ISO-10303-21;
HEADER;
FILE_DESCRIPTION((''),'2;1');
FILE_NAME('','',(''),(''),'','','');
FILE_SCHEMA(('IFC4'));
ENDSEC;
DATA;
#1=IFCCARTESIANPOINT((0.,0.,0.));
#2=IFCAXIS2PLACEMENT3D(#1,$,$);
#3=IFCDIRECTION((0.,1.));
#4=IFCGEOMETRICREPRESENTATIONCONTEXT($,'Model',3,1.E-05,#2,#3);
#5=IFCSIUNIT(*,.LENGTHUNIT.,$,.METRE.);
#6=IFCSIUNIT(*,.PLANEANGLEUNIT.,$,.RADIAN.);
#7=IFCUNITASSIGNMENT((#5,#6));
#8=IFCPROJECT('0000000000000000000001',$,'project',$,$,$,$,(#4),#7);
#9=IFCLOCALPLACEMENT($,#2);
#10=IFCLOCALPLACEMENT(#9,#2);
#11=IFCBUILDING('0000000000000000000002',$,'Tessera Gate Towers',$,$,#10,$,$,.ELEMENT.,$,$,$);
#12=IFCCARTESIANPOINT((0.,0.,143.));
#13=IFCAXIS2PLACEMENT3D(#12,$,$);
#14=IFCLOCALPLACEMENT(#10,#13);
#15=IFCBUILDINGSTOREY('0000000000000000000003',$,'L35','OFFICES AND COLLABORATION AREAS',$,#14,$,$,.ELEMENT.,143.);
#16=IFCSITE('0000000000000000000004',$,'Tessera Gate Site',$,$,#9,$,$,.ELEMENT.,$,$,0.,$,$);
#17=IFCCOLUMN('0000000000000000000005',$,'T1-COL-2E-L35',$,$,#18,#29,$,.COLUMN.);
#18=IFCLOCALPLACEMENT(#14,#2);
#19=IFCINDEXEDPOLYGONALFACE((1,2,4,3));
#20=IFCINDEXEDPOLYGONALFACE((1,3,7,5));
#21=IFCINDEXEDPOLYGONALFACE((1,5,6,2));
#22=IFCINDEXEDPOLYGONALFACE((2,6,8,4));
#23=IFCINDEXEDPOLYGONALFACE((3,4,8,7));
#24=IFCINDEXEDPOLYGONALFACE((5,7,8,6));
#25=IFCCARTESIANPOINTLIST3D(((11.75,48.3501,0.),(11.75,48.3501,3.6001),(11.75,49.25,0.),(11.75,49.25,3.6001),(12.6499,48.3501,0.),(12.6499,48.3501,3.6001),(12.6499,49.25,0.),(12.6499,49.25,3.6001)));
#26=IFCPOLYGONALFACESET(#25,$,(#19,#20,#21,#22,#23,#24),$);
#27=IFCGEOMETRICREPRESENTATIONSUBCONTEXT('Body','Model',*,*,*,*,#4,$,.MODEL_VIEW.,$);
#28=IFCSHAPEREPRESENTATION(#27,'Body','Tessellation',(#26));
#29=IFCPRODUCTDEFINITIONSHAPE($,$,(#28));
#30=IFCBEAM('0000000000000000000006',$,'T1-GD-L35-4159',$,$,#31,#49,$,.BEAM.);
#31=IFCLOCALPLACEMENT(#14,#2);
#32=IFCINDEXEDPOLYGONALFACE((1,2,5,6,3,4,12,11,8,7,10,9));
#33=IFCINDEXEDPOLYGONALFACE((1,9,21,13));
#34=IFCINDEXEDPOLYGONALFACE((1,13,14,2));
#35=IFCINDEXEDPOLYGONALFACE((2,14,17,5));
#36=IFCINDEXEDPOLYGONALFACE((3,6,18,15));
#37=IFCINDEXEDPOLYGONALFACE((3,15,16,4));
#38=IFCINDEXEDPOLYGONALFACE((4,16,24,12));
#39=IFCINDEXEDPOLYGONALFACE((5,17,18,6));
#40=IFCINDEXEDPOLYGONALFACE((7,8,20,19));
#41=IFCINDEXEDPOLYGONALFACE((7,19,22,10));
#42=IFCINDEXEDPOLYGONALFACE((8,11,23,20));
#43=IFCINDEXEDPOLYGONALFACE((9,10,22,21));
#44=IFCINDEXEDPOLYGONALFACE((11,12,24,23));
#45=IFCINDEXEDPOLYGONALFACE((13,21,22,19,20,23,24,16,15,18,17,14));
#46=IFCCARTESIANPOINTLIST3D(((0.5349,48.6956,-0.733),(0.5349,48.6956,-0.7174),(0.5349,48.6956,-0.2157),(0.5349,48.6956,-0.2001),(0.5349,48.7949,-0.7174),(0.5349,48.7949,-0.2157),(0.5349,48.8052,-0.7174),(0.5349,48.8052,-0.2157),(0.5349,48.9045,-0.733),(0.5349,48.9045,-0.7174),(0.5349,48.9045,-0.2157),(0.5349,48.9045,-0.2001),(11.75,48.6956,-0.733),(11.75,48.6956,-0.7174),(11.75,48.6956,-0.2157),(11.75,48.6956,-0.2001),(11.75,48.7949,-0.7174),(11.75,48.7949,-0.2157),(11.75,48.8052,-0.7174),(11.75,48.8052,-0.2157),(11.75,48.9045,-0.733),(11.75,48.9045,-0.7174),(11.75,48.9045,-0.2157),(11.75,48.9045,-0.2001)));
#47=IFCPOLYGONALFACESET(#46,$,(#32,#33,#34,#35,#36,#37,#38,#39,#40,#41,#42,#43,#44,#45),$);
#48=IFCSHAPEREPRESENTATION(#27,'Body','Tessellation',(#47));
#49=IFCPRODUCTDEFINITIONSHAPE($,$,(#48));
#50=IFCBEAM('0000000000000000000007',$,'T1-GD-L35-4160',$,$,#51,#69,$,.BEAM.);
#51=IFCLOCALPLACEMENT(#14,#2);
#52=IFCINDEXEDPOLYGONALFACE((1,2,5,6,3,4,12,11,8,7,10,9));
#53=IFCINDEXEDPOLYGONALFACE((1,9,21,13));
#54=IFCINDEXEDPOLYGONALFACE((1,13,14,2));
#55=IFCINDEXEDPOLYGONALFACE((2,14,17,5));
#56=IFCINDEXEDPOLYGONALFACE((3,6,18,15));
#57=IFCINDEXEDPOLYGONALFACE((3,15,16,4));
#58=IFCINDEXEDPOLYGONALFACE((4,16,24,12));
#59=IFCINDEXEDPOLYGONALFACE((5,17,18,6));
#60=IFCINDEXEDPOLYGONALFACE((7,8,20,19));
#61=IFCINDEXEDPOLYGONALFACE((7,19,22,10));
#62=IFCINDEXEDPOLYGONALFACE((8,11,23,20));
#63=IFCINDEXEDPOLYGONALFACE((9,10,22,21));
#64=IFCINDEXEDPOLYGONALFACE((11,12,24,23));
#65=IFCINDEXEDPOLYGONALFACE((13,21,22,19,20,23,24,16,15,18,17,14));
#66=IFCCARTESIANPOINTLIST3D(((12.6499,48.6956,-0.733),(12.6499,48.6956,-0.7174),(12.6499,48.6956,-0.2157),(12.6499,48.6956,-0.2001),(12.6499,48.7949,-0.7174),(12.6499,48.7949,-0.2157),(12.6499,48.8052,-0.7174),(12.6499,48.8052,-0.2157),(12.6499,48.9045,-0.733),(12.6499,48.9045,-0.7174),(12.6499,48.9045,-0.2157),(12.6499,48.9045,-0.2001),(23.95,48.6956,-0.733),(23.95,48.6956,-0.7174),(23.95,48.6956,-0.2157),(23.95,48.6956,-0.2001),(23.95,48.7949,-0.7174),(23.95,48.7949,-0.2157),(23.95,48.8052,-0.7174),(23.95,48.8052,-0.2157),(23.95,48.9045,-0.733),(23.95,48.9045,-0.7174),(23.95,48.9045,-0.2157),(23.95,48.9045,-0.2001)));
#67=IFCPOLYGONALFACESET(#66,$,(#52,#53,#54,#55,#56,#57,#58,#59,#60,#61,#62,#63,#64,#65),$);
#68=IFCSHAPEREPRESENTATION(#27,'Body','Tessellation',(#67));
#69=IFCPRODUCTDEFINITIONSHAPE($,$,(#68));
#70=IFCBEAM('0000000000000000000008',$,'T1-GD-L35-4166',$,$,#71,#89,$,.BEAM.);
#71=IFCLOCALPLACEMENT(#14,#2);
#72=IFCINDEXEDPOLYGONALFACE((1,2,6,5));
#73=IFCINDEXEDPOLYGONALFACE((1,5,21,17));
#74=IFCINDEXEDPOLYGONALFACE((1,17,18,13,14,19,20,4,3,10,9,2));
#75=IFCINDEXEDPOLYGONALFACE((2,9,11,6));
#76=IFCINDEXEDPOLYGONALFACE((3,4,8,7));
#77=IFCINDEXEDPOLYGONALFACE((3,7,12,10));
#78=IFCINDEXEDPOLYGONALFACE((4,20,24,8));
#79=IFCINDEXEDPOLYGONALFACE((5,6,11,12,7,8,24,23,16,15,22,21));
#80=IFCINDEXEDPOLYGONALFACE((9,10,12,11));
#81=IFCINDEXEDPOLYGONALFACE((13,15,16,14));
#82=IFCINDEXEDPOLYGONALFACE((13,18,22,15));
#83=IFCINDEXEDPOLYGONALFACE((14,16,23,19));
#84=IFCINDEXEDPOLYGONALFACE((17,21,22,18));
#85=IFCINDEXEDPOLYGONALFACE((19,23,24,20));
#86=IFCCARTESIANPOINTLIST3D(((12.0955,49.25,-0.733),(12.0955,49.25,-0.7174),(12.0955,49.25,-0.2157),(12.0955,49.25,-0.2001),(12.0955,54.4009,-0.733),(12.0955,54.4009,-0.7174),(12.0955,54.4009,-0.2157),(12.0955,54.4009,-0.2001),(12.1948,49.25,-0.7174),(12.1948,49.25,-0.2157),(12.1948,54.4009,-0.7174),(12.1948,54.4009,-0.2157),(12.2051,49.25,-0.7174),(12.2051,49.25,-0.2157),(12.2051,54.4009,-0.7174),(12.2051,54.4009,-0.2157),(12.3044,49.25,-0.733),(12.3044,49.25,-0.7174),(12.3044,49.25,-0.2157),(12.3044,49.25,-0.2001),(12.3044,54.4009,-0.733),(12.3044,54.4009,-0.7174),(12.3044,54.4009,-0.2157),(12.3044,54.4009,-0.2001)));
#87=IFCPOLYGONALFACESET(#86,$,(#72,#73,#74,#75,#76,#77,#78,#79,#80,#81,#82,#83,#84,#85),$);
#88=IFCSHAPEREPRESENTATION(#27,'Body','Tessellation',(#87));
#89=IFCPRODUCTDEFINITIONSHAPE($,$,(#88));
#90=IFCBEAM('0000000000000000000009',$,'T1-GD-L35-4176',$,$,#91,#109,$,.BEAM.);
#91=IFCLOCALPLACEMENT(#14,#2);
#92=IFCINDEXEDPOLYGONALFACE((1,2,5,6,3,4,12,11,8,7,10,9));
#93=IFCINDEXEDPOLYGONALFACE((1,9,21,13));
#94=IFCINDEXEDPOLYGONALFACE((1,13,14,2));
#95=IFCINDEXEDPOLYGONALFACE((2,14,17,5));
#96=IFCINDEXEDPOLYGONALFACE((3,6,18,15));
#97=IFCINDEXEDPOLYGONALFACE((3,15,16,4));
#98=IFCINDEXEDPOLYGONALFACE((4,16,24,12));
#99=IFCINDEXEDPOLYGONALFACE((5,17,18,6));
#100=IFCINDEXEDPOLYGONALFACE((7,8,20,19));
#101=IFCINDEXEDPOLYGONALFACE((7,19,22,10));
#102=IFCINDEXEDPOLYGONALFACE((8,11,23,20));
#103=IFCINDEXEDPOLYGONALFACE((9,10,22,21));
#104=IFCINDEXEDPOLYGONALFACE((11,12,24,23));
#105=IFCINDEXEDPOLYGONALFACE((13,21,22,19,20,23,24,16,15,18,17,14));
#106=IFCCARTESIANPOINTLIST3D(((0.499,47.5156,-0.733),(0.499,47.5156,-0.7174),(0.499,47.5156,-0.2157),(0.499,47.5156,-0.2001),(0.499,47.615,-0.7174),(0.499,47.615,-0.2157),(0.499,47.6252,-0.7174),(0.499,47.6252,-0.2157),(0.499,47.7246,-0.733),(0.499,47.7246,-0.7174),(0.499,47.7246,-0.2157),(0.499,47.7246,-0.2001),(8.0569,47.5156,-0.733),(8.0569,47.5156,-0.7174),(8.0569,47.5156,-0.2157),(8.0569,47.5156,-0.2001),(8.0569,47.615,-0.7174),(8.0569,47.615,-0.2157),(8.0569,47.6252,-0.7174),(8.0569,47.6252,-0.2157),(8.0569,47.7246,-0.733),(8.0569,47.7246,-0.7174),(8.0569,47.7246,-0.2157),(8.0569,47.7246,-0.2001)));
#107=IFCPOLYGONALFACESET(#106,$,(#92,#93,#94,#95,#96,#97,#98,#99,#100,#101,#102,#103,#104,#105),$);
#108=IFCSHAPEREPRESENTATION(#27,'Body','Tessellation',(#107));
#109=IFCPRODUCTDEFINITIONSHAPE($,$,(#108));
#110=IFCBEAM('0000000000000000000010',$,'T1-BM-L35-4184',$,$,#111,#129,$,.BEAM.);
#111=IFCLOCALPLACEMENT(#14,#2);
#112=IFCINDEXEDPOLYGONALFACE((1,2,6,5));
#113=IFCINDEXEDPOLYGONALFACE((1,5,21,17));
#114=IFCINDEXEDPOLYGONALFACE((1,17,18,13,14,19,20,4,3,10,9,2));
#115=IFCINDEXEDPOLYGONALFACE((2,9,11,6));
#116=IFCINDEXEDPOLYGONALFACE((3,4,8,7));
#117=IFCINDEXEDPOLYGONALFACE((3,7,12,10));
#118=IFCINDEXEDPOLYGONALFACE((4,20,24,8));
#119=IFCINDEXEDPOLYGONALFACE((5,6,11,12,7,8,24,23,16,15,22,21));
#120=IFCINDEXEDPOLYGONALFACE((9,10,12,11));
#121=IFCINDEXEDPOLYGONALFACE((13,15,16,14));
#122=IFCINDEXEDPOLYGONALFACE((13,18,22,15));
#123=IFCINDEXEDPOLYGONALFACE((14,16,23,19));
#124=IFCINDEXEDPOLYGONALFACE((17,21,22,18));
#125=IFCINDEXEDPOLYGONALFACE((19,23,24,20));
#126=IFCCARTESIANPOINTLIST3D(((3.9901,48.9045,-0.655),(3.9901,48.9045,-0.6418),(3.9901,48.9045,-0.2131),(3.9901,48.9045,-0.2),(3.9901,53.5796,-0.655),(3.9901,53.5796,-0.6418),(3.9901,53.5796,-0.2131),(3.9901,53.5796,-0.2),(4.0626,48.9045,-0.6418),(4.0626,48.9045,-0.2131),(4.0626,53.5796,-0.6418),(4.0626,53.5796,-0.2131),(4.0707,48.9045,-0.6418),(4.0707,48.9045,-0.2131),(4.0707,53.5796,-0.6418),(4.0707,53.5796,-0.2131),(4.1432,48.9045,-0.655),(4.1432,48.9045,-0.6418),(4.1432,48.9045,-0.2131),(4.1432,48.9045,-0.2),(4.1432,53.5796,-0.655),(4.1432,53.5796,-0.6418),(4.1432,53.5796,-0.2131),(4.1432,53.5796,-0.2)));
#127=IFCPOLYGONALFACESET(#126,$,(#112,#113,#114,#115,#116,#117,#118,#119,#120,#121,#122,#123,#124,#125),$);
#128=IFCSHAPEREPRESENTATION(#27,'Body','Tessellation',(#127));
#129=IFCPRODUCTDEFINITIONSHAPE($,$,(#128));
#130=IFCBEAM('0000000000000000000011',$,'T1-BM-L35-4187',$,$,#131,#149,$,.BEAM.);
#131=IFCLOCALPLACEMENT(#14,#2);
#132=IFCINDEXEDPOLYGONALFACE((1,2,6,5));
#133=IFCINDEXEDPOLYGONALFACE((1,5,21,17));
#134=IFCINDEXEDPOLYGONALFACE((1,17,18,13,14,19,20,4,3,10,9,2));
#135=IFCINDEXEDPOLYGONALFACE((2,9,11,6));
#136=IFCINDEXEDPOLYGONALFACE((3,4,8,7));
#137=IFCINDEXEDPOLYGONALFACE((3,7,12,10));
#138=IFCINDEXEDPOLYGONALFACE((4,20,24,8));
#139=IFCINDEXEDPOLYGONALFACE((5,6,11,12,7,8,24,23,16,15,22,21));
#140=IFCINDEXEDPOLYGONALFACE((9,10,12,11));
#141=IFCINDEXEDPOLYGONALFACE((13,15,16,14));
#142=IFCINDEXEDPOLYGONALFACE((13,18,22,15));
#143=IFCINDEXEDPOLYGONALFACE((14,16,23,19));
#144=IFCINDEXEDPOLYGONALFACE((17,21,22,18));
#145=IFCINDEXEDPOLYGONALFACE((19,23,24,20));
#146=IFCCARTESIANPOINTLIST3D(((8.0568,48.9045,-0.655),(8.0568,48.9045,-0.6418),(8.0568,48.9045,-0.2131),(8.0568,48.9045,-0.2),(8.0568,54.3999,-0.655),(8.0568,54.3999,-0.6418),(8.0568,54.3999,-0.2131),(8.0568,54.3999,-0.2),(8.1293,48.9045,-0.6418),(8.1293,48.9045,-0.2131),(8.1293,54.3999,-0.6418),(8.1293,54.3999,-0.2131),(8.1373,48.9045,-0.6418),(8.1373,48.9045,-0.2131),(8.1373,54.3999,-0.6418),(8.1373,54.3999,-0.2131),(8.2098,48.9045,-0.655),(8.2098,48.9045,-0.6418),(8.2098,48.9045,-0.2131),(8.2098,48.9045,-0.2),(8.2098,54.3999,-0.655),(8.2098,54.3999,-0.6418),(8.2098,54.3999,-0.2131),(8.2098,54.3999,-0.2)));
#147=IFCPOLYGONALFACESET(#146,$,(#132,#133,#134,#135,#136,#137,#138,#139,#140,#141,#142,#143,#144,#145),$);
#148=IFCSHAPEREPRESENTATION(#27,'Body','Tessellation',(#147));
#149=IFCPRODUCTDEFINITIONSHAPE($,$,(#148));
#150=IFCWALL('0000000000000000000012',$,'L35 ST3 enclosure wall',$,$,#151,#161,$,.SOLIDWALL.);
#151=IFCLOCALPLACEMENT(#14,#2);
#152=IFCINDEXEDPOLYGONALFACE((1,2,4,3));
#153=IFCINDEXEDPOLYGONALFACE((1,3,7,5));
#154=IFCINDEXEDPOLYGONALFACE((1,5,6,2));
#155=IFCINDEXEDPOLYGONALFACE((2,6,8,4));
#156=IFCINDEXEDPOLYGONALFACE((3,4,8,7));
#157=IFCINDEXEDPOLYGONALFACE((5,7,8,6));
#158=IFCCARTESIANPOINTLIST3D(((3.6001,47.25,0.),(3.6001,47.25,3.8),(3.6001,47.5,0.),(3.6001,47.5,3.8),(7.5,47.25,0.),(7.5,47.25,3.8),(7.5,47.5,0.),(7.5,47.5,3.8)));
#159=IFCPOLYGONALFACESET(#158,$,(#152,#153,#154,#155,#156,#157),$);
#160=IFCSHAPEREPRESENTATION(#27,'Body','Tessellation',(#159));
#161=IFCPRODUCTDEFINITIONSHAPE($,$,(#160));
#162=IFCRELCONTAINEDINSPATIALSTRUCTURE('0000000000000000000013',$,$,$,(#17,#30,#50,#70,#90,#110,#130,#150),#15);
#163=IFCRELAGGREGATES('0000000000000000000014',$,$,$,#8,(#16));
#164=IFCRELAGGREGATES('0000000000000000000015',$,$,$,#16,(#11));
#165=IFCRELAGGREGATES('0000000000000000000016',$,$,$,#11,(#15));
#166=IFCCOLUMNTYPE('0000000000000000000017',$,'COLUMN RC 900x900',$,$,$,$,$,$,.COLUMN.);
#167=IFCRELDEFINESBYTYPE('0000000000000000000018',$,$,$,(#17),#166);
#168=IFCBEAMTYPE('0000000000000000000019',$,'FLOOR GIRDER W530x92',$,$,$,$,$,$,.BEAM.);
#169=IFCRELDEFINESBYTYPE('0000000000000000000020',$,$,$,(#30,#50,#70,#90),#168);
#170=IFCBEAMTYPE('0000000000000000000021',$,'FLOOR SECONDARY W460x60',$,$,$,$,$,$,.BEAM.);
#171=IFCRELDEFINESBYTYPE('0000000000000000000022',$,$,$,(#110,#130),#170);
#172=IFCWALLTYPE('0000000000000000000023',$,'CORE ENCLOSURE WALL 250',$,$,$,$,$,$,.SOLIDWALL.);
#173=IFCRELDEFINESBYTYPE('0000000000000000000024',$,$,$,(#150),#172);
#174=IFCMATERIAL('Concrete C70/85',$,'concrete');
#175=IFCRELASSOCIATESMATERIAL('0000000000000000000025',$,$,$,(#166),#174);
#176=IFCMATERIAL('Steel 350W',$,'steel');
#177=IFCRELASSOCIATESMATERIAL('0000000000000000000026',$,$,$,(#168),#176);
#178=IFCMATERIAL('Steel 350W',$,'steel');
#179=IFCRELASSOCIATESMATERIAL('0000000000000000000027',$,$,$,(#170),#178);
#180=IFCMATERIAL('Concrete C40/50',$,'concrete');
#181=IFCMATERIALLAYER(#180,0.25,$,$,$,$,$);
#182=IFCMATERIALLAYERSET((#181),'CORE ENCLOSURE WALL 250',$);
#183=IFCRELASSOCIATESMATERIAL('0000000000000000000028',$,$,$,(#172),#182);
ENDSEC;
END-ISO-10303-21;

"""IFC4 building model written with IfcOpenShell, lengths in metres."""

from ifc_helpers import new_model, si_unit, direction, frame, frame_2d, origin, origin_2d, place, context, subcontext, project, spatial, rectangle, i_section, extrude, material, layer, layer_set, material_profile, profile_set, type_object, element, save


model = new_model("IFC4")

# Units and contexts
model_context = context("Model", 3, precision=1e-05, world=origin(), true_north=direction((0.0, 1.0)))
body_context = subcontext(model_context, "Body", "Model", "MODEL_VIEW")
ifc_project = project(units=[si_unit("LENGTHUNIT", "METRE"), si_unit("PLANEANGLEUNIT", "RADIAN")], contexts=[model_context])

# Site, building, storey
site_placement = place(None, origin())
site = spatial("IfcSite", under=ifc_project, at=site_placement, Name="Tessera Gate Site", CompositionType="ELEMENT", RefElevation=0.0)
building_placement = place(site_placement, origin())
building = spatial("IfcBuilding", under=site, at=building_placement, Name="Tessera Gate Towers", CompositionType="ELEMENT")
storey_placement = place(building_placement, frame((0.0, 0.0, 143.0)))
storey = spatial("IfcBuildingStorey", under=building, at=storey_placement, Name="L35", Description="OFFICES AND COLLABORATION AREAS", CompositionType="ELEMENT", Elevation=143.0)

# Column
ifc_material_1 = material(Name="Concrete C70/85", Category="concrete")
ifc_material_profile_1 = material_profile(ifc_material_1, rectangle(XDim=0.8999, YDim=0.8999, at=origin_2d()), Name="RC 900x900")
ifc_profile_set_1 = profile_set([ifc_material_profile_1], Name="Concrete C70/85")
column_type = type_object("IfcColumnType", Name="COLUMN RC 900x900", PredefinedType="COLUMN", material=ifc_profile_set_1)
column_placement = place(storey_placement, frame((12.2, 48.8, 0.0), z_axis=(0.0, 0.0, 1.0), x_axis=(1.0, 0.0, 0.0)))
element("IfcColumn", 1, at=column_placement, inside=storey, type_object=column_type, Name="T1-COL-2E-L35", PredefinedType="COLUMN", context=body_context, shape_type="SweptSolid", body=[
    extrude(rectangle(XDim=0.8999, YDim=0.8999, at=origin_2d()), origin(), (0.0, 0.0, 1.0), 3.6001),
])

# Beams
ifc_material_2 = material(Name="Steel 350W", Category="steel")
ifc_material_profile_2 = material_profile(ifc_material_2, i_section(OverallWidth=0.209, OverallDepth=0.533, WebThickness=0.0103, FlangeThickness=0.0156, at=origin_2d()), Name="W530x92")
ifc_profile_set_2 = profile_set([ifc_material_profile_2], Name="Steel 350W")
beam_type_1 = type_object("IfcBeamType", Name="FLOOR GIRDER W530x92", PredefinedType="BEAM", material=ifc_profile_set_2)
beam_1_placement = place(storey_placement, frame((0.5349, 48.8, -0.4666), z_axis=(1.0, 0.0, 0.0), x_axis=(0.0, 1.0, 0.0)))
element("IfcBeam", 2, at=beam_1_placement, inside=storey, type_object=beam_type_1, Name="T1-GD-L35-4159", PredefinedType="BEAM", context=body_context, shape_type="SweptSolid", body=[
    extrude(i_section(OverallWidth=0.209, OverallDepth=0.533, WebThickness=0.0103, FlangeThickness=0.0156, at=origin_2d()), origin(), (0.0, 0.0, 1.0), 11.2151),
])
beam_2_placement = place(storey_placement, frame((12.6499, 48.8, -0.4666), z_axis=(1.0, 0.0, 0.0), x_axis=(0.0, 1.0, 0.0)))
element("IfcBeam", 3, at=beam_2_placement, inside=storey, type_object=beam_type_1, Name="T1-GD-L35-4160", PredefinedType="BEAM", context=body_context, shape_type="SweptSolid", body=[
    extrude(i_section(OverallWidth=0.209, OverallDepth=0.533, WebThickness=0.0103, FlangeThickness=0.0156, at=origin_2d()), origin(), (0.0, 0.0, 1.0), 11.3),
])
beam_3_placement = place(storey_placement, frame((12.2, 49.25, -0.4666), z_axis=(0.0, 1.0, 0.0), x_axis=(-1.0, 0.0, 0.0)))
element("IfcBeam", 4, at=beam_3_placement, inside=storey, type_object=beam_type_1, Name="T1-GD-L35-4166", PredefinedType="BEAM", context=body_context, shape_type="SweptSolid", body=[
    extrude(i_section(OverallWidth=0.209, OverallDepth=0.533, WebThickness=0.0103, FlangeThickness=0.0156, at=origin_2d()), origin(), (0.0, 0.0, 1.0), 5.1509),
])
beam_4_placement = place(storey_placement, frame((0.499, 47.6201, -0.4666), z_axis=(1.0, 0.0, 0.0), x_axis=(0.0, 1.0, 0.0)))
element("IfcBeam", 5, at=beam_4_placement, inside=storey, type_object=beam_type_1, Name="T1-GD-L35-4176", PredefinedType="BEAM", context=body_context, shape_type="SweptSolid", body=[
    extrude(i_section(OverallWidth=0.209, OverallDepth=0.533, WebThickness=0.0103, FlangeThickness=0.0156, at=origin_2d()), origin(), (0.0, 0.0, 1.0), 7.5579),
])
ifc_material_3 = material(Name="Steel 350W", Category="steel")
ifc_material_profile_3 = material_profile(ifc_material_3, i_section(OverallWidth=0.1531, OverallDepth=0.4551, WebThickness=0.0081, FlangeThickness=0.0132, at=origin_2d()), Name="W460x60")
ifc_profile_set_3 = profile_set([ifc_material_profile_3], Name="Steel 350W")
beam_type_2 = type_object("IfcBeamType", Name="FLOOR SECONDARY W460x60", PredefinedType="BEAM", material=ifc_profile_set_3)
beam_5_placement = place(storey_placement, frame((4.0667, 48.9045, -0.4275), z_axis=(0.0, 1.0, 0.0), x_axis=(-1.0, 0.0, 0.0)))
element("IfcBeam", 6, at=beam_5_placement, inside=storey, type_object=beam_type_2, Name="T1-BM-L35-4184", PredefinedType="BEAM", context=body_context, shape_type="SweptSolid", body=[
    extrude(i_section(OverallWidth=0.1531, OverallDepth=0.4551, WebThickness=0.0081, FlangeThickness=0.0132, at=origin_2d()), origin(), (0.0, 0.0, 1.0), 4.675),
])
beam_6_placement = place(storey_placement, frame((8.1333, 48.9045, -0.4275), z_axis=(0.0, 1.0, 0.0), x_axis=(-1.0, 0.0, 0.0)))
element("IfcBeam", 7, at=beam_6_placement, inside=storey, type_object=beam_type_2, Name="T1-BM-L35-4187", PredefinedType="BEAM", context=body_context, shape_type="SweptSolid", body=[
    extrude(i_section(OverallWidth=0.1531, OverallDepth=0.4551, WebThickness=0.0081, FlangeThickness=0.0132, at=origin_2d()), origin(), (0.0, 0.0, 1.0), 5.4954),
])

# Wall
ifc_material_4 = material(Name="Concrete C40/50", Category="concrete")
ifc_layer_1 = layer(ifc_material_4, 0.25)
ifc_layer_set_1 = layer_set([ifc_layer_1], Name="CORE ENCLOSURE WALL 250")
wall_type_1 = type_object("IfcWallType", Name="CORE ENCLOSURE WALL 250", PredefinedType="SOLIDWALL", material=ifc_layer_set_1)
wall_1_placement = place(storey_placement, frame((3.6001, 47.375, 0.0), z_axis=(0.0, 0.0, 1.0), x_axis=(1.0, 0.0, 0.0)))
element("IfcWall", 8, at=wall_1_placement, inside=storey, type_object=wall_type_1, Name="L35 ST3 enclosure wall", PredefinedType="SOLIDWALL", context=body_context, shape_type="SweptSolid", body=[
    extrude(rectangle(XDim=3.8999, YDim=0.25, at=frame_2d((1.95, 0.0))), origin(), (0.0, 0.0, 1.0), 3.8),
])

save(model, "model.ifc")
